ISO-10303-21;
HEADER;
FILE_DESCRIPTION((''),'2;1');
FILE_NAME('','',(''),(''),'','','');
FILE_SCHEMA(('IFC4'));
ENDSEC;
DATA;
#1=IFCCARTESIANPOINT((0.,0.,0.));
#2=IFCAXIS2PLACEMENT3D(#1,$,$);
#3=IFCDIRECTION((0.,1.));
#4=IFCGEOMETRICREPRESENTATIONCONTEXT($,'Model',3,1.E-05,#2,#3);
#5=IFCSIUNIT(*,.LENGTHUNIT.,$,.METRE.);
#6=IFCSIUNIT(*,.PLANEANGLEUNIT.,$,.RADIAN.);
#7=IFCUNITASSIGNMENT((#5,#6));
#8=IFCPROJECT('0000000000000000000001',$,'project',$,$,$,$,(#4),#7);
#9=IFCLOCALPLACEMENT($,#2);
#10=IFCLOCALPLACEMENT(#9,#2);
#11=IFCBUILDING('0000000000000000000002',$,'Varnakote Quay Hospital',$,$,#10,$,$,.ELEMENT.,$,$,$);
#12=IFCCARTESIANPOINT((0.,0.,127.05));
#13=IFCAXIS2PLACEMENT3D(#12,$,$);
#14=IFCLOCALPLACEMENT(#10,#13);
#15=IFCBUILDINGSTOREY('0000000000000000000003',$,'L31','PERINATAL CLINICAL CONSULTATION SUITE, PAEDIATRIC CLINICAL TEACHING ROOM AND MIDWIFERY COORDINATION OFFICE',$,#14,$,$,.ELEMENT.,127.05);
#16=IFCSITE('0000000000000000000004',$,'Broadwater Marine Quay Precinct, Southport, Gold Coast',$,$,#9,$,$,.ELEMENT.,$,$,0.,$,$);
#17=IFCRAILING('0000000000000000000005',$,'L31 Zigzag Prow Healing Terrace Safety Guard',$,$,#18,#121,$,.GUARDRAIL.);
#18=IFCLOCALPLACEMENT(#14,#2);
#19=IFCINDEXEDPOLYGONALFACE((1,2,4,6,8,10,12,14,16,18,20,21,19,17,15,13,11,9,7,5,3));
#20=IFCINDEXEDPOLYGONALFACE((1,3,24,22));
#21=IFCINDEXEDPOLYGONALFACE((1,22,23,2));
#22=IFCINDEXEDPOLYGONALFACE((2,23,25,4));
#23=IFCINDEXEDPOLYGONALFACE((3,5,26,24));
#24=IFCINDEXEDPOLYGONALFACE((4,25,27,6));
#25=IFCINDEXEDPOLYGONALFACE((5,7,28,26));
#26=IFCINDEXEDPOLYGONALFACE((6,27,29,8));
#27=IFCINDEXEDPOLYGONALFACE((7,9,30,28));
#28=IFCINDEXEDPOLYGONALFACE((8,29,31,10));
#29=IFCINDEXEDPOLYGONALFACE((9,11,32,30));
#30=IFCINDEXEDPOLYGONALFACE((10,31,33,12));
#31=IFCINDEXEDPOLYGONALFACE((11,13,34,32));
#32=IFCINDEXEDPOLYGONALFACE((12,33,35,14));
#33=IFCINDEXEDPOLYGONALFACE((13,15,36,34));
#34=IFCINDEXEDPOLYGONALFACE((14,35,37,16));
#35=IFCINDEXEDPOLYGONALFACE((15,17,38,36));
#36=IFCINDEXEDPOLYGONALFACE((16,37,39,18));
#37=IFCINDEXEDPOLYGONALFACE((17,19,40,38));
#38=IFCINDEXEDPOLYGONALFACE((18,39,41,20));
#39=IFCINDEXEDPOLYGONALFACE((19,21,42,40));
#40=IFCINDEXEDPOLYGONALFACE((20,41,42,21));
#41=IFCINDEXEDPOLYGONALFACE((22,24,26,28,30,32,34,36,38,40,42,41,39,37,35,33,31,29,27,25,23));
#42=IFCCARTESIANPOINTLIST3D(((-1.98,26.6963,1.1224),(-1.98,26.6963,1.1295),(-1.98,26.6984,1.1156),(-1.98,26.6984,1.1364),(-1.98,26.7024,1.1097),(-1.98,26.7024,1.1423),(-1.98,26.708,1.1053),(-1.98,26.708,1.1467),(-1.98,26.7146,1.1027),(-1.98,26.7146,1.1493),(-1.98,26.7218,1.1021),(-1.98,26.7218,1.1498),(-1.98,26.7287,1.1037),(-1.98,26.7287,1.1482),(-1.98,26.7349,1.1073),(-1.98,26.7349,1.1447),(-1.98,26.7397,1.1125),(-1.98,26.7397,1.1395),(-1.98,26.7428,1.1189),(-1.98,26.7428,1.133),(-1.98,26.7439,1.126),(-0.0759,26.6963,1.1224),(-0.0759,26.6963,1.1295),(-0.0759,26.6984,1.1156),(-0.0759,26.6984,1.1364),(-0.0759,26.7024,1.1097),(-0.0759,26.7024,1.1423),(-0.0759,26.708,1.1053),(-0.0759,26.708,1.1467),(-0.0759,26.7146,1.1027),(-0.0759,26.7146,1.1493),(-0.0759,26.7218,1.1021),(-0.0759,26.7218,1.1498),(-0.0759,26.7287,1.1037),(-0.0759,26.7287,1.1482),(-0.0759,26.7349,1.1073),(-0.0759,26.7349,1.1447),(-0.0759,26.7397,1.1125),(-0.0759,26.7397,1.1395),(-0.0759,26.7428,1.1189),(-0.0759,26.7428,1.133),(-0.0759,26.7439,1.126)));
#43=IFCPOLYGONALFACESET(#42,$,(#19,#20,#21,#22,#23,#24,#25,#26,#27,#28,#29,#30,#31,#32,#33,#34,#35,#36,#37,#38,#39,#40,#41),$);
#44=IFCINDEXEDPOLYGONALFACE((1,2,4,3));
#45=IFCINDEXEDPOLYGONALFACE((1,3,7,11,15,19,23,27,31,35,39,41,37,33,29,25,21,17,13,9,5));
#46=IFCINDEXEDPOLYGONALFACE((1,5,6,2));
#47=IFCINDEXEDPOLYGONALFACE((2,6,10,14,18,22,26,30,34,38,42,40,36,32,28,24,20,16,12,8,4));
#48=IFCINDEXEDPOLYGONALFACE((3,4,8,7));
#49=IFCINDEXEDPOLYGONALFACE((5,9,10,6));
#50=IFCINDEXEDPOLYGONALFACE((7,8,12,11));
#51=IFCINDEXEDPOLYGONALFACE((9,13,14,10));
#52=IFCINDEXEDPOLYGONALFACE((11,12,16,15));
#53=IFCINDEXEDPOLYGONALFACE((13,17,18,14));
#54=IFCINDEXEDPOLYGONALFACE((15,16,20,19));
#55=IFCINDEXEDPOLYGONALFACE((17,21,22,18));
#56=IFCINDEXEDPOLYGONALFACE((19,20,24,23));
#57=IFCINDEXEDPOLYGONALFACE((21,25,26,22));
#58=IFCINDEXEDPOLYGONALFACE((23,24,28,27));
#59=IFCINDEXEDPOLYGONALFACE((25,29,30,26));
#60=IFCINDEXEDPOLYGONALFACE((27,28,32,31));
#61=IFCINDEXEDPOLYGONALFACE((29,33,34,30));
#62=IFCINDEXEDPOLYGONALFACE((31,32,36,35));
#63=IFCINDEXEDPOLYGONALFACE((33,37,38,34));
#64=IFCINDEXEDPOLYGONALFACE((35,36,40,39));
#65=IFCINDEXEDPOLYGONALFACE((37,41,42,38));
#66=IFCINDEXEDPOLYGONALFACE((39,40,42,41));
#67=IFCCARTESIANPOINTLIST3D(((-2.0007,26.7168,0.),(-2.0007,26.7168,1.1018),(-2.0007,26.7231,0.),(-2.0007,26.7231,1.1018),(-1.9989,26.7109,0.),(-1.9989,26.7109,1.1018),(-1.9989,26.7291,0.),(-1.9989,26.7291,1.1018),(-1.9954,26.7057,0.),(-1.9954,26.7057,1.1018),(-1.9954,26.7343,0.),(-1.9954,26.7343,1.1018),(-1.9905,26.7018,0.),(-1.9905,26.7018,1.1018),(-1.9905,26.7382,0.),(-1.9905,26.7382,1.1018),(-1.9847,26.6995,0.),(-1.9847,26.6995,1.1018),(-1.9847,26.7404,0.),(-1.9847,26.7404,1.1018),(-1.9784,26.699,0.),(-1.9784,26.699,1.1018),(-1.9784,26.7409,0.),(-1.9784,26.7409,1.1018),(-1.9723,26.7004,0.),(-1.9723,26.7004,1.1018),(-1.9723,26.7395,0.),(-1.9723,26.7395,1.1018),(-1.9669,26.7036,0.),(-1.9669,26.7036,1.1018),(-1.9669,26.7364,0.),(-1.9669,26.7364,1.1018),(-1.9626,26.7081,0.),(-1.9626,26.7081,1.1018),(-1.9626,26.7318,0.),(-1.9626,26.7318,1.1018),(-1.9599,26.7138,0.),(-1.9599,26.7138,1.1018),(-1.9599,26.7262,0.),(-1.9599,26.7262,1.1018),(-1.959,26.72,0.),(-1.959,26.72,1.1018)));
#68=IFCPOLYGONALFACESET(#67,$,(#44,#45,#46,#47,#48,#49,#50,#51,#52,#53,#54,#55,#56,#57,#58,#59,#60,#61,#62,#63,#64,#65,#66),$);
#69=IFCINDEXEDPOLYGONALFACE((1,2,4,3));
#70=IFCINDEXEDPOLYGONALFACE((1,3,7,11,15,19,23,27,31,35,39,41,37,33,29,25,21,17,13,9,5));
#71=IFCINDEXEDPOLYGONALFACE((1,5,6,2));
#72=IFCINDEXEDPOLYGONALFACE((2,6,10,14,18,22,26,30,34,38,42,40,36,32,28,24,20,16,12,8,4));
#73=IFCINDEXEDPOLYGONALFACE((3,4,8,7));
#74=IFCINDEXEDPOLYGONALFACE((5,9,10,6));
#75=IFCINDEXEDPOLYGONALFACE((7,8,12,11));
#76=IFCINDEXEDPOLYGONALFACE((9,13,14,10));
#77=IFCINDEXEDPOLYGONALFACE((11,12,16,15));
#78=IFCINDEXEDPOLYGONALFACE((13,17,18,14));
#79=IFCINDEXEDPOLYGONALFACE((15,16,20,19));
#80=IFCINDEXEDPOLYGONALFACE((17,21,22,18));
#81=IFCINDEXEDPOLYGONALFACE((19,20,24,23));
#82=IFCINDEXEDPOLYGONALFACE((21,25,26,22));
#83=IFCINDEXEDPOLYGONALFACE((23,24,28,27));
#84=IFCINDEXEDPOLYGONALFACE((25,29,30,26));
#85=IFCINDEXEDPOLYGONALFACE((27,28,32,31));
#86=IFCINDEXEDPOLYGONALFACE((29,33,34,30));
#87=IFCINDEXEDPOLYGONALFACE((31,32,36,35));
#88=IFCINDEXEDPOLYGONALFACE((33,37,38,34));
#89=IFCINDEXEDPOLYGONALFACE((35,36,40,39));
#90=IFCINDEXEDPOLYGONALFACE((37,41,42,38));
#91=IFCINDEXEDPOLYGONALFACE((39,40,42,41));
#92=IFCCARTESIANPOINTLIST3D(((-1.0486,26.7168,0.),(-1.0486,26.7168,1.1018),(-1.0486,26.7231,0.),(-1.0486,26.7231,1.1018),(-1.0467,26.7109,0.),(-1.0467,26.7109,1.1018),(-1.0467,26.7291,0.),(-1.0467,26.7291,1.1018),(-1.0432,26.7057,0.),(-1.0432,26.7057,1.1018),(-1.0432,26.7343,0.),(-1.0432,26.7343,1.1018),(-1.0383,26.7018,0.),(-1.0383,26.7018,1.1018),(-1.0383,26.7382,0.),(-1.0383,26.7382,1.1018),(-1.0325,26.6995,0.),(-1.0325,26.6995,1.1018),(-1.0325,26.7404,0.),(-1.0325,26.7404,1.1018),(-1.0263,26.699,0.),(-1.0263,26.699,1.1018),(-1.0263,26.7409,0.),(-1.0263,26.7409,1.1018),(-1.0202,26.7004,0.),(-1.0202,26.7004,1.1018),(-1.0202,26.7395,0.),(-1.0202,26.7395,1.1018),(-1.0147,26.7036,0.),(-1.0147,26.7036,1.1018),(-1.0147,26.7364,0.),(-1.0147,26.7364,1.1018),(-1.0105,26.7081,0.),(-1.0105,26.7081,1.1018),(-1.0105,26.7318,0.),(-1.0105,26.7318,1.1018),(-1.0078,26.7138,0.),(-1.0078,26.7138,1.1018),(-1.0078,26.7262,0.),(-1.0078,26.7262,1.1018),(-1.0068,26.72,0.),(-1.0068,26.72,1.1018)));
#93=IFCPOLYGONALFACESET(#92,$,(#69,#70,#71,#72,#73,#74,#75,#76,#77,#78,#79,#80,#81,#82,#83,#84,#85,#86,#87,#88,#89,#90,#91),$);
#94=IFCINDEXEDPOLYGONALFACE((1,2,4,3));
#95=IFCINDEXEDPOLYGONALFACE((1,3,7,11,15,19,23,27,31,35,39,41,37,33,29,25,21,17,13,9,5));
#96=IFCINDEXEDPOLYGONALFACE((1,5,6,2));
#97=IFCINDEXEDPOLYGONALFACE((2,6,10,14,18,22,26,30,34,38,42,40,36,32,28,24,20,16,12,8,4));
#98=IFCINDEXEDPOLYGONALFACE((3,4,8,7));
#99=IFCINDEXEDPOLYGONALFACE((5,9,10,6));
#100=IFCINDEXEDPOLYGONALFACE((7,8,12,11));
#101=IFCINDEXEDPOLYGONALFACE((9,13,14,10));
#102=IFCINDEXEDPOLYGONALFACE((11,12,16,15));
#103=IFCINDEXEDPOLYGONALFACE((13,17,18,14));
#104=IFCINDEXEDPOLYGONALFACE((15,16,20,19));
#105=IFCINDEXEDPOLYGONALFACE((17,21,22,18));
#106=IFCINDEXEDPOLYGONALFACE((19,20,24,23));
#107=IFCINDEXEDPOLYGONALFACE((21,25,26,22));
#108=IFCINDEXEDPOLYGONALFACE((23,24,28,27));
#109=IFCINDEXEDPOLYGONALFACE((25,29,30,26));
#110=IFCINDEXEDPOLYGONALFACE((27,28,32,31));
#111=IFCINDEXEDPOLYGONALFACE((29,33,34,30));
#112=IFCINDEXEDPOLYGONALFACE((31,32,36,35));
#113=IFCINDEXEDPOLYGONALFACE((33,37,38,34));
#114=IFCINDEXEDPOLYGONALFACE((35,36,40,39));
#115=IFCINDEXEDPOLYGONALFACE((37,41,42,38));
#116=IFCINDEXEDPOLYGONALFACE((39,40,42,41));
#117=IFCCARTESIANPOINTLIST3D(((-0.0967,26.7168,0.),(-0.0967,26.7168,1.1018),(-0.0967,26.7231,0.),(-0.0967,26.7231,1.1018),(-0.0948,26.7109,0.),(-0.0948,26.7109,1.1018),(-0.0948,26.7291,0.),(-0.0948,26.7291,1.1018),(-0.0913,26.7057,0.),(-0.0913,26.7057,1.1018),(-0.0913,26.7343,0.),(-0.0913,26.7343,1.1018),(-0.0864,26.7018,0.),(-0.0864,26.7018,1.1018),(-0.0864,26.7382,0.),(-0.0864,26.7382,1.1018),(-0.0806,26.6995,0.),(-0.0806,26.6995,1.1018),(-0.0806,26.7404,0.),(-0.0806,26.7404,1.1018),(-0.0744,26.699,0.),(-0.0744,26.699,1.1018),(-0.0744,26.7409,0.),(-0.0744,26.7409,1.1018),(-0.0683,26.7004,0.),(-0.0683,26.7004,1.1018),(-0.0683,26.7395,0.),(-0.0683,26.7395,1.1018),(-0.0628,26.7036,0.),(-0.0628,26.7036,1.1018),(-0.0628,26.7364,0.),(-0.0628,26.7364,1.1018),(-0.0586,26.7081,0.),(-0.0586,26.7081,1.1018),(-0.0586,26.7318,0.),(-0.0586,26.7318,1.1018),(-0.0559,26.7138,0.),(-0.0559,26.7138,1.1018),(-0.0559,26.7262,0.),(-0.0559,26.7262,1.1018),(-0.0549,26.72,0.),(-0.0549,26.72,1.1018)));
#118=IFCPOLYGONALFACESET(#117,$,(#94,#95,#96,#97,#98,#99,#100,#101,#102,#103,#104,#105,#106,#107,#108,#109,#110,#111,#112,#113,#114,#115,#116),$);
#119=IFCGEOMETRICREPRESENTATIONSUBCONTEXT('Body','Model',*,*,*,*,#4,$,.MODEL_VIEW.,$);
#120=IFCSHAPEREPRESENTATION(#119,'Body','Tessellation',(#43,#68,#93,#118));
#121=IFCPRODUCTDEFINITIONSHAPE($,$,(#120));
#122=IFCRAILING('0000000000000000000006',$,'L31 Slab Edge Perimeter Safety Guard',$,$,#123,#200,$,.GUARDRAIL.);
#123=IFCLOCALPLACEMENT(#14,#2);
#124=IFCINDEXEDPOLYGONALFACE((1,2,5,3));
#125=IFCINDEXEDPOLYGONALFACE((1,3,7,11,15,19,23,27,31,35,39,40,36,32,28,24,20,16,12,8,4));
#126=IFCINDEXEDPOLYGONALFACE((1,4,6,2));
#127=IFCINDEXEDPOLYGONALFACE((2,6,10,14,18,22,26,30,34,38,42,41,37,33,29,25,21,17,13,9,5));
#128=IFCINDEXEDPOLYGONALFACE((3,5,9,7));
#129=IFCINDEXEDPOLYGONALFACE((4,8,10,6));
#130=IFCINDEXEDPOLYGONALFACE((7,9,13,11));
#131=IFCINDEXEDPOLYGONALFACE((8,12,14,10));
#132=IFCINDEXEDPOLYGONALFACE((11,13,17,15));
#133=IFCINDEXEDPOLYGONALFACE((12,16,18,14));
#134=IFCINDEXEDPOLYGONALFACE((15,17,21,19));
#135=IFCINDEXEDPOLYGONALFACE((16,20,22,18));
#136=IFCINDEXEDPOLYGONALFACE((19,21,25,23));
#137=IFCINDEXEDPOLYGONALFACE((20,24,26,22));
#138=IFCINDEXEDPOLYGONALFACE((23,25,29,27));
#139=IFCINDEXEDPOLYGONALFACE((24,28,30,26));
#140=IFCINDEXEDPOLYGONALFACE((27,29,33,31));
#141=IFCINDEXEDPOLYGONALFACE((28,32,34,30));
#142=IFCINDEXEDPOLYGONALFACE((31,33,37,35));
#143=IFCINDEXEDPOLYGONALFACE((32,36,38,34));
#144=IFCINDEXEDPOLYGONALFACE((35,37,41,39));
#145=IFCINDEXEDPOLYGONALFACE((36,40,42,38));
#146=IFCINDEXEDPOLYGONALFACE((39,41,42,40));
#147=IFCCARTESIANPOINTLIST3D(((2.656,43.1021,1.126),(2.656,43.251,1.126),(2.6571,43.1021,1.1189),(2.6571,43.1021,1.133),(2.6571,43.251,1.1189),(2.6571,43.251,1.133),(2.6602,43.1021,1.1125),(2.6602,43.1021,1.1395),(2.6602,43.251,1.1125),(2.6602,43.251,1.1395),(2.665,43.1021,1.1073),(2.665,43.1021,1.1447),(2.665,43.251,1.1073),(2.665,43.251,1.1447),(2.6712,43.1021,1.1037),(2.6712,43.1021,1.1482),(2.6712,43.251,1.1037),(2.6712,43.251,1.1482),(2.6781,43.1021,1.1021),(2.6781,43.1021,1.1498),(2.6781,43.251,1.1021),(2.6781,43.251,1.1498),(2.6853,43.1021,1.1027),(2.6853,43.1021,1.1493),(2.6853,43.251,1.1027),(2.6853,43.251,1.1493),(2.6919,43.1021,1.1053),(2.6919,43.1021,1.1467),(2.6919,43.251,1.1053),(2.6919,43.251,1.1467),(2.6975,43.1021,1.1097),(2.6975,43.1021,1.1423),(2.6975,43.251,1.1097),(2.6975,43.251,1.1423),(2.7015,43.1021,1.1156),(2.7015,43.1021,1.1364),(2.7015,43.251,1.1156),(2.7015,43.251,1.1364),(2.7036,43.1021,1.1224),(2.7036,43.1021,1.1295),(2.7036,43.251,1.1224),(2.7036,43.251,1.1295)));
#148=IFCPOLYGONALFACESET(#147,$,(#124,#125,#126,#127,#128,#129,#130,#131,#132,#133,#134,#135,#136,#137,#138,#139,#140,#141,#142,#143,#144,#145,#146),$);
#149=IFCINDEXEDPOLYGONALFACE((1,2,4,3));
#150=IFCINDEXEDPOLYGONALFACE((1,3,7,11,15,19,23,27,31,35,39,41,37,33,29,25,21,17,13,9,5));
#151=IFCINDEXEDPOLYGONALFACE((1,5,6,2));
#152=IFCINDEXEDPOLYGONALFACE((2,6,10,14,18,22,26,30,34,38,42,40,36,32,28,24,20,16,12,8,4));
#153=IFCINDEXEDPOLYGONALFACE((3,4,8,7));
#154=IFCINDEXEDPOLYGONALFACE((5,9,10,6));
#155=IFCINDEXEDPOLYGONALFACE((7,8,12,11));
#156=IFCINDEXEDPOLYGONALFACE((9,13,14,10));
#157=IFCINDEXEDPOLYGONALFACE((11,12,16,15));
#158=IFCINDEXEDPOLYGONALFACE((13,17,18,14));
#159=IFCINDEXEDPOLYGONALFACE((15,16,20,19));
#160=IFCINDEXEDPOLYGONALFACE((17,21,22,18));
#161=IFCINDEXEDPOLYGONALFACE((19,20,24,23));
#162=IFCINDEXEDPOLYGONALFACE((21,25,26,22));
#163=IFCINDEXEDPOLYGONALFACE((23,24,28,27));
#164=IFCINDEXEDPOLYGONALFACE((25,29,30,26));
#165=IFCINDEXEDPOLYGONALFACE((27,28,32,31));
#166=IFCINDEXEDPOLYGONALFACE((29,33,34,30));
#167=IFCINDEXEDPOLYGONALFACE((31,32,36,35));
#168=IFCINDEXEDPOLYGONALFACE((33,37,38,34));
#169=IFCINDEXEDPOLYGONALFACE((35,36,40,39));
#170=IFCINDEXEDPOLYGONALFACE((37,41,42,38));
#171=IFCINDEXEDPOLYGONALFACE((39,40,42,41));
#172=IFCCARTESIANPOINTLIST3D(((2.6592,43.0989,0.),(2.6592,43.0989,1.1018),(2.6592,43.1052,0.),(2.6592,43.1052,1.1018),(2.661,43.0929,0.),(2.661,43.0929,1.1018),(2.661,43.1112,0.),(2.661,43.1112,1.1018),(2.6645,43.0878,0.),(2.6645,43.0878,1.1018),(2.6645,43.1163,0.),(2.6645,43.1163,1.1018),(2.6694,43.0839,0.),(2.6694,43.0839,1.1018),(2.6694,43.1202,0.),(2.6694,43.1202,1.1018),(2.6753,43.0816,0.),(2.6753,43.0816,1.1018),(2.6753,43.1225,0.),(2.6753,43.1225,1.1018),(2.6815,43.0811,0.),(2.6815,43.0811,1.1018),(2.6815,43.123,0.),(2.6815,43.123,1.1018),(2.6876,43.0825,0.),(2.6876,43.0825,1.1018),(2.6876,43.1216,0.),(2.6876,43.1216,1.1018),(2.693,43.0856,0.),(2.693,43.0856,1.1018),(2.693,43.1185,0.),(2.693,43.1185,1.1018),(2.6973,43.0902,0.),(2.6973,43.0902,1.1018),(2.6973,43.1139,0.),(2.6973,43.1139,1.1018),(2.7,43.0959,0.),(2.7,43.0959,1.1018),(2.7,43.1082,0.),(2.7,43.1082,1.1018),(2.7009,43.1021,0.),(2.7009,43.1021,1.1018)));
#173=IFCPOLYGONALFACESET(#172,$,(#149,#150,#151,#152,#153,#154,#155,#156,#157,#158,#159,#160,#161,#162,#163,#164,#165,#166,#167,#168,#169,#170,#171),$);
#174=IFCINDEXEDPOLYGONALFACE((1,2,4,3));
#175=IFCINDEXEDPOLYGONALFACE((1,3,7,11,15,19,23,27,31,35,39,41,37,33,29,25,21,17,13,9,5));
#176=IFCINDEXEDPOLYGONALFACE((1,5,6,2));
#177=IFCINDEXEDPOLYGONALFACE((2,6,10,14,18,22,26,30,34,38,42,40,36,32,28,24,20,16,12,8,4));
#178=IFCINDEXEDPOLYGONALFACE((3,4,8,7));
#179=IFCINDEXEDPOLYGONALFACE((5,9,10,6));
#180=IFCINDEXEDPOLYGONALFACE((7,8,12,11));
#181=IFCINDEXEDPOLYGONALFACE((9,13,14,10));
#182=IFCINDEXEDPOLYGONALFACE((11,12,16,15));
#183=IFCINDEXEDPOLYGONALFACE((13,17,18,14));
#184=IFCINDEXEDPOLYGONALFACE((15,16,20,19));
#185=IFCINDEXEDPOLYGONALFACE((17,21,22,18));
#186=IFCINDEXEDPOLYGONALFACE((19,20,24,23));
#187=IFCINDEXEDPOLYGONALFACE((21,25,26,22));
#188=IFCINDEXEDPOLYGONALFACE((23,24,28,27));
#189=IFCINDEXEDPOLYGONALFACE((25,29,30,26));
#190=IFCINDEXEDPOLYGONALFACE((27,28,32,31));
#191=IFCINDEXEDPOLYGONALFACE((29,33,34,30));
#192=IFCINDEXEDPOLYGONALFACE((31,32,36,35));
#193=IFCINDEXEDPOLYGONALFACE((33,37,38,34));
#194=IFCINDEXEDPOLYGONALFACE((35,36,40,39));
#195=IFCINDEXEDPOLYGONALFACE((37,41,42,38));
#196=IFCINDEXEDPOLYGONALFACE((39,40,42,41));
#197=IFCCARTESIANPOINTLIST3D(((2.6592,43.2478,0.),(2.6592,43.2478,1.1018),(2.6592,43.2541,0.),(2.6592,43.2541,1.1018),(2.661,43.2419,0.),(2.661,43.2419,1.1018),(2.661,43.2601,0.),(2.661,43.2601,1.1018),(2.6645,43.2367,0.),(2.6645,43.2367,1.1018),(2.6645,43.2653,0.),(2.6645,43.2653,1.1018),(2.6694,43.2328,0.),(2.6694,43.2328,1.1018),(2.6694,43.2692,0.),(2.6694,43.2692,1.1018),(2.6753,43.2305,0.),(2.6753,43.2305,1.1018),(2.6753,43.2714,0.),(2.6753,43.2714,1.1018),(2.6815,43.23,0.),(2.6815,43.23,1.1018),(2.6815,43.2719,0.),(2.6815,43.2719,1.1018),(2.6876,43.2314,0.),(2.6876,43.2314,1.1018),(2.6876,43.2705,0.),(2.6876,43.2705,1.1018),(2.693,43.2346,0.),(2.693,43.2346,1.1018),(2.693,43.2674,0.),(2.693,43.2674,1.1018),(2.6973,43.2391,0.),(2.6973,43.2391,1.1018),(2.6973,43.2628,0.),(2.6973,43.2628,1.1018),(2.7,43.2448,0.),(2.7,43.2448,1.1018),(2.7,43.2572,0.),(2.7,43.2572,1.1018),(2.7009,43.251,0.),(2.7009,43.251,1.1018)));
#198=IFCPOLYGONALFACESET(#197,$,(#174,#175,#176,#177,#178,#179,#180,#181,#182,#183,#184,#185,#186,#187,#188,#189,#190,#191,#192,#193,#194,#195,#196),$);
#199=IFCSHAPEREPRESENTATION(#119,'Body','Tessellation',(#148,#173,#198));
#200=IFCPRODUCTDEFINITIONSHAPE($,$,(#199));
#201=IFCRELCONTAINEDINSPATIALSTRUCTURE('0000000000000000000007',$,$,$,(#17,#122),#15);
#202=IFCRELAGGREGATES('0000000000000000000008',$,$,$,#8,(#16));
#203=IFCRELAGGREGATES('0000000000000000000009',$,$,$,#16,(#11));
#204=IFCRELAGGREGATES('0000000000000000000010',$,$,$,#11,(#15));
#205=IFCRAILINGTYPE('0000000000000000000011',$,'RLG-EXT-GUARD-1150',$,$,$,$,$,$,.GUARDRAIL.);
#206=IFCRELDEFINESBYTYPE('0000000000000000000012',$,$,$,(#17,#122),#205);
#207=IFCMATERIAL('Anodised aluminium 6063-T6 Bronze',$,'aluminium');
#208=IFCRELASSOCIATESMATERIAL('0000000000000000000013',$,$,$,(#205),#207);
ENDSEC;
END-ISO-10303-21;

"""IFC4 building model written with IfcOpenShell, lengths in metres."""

from ifc_helpers import new_model, si_unit, direction, frame, origin, origin_2d, place, context, subcontext, project, spatial, circle, extrude, material, type_object, element, save


model = new_model("IFC4")

# Units and contexts
model_context = context("Model", 3, precision=1e-05, world=origin(), true_north=direction((0.0, 1.0)))
body_context = subcontext(model_context, "Body", "Model", "MODEL_VIEW")
ifc_project = project(units=[si_unit("LENGTHUNIT", "METRE"), si_unit("PLANEANGLEUNIT", "RADIAN")], contexts=[model_context])

# Site, building, storey
site_placement = place(None, origin())
site = spatial("IfcSite", under=ifc_project, at=site_placement, Name="Broadwater Marine Quay Precinct, Southport, Gold Coast", CompositionType="ELEMENT", RefElevation=0.0)
building_placement = place(site_placement, origin())
building = spatial("IfcBuilding", under=site, at=building_placement, Name="Varnakote Quay Hospital", CompositionType="ELEMENT")
storey_placement = place(building_placement, frame((0.0, 0.0, 127.05)))
storey = spatial("IfcBuildingStorey", under=building, at=storey_placement, Name="L31", Description="PERINATAL CLINICAL CONSULTATION SUITE, PAEDIATRIC CLINICAL TEACHING ROOM AND MIDWIFERY COORDINATION OFFICE", CompositionType="ELEMENT", Elevation=127.05)

# Railings
ifc_material_1 = material(Name="Anodised aluminium 6063-T6 Bronze", Category="aluminium")
railing_type = type_object("IfcRailingType", Name="RLG-EXT-GUARD-1150", PredefinedType="GUARDRAIL", material=ifc_material_1)
railing_1_placement = place(storey_placement, frame((-1.98, 26.72, 0.0)))
element("IfcRailing", 1, at=railing_1_placement, inside=storey, type_object=railing_type, Name="L31 Zigzag Prow Healing Terrace Safety Guard", PredefinedType="GUARDRAIL", context=body_context, shape_type="SweptSolid", body=[
    extrude(circle(Radius=0.0239, at=origin_2d()), frame((0.0, 0.0, 1.126), z_axis=(1.0, 0.0, 0.0), x_axis=(0.0, 1.0, 0.0)), (0.0, 0.0, 1.0), 1.9041),
    extrude(circle(Radius=0.021, at=origin_2d()), origin(), (0.0, 0.0, 1.0), 1.1018),
    extrude(circle(Radius=0.021, at=origin_2d()), frame((0.9521, 0.0, 0.0)), (0.0, 0.0, 1.0), 1.1018),
    extrude(circle(Radius=0.021, at=origin_2d()), frame((1.9041, 0.0, 0.0)), (0.0, 0.0, 1.0), 1.1018),
])
railing_2_placement = place(storey_placement, frame((2.6799, 43.1021, 0.0)))
element("IfcRailing", 2, at=railing_2_placement, inside=storey, type_object=railing_type, Name="L31 Slab Edge Perimeter Safety Guard", PredefinedType="GUARDRAIL", context=body_context, shape_type="SweptSolid", body=[
    extrude(circle(Radius=0.0239, at=origin_2d()), frame((0.0, 0.0, 1.126), z_axis=(0.0, 1.0, 0.0), x_axis=(-1.0, 0.0, 0.0)), (0.0, 0.0, 1.0), 0.1489),
    extrude(circle(Radius=0.021, at=origin_2d()), origin(), (0.0, 0.0, 1.0), 1.1018),
    extrude(circle(Radius=0.021, at=origin_2d()), frame((0.0, 0.1489, 0.0)), (0.0, 0.0, 1.0), 1.1018),
])

save(model, "model.ifc")
